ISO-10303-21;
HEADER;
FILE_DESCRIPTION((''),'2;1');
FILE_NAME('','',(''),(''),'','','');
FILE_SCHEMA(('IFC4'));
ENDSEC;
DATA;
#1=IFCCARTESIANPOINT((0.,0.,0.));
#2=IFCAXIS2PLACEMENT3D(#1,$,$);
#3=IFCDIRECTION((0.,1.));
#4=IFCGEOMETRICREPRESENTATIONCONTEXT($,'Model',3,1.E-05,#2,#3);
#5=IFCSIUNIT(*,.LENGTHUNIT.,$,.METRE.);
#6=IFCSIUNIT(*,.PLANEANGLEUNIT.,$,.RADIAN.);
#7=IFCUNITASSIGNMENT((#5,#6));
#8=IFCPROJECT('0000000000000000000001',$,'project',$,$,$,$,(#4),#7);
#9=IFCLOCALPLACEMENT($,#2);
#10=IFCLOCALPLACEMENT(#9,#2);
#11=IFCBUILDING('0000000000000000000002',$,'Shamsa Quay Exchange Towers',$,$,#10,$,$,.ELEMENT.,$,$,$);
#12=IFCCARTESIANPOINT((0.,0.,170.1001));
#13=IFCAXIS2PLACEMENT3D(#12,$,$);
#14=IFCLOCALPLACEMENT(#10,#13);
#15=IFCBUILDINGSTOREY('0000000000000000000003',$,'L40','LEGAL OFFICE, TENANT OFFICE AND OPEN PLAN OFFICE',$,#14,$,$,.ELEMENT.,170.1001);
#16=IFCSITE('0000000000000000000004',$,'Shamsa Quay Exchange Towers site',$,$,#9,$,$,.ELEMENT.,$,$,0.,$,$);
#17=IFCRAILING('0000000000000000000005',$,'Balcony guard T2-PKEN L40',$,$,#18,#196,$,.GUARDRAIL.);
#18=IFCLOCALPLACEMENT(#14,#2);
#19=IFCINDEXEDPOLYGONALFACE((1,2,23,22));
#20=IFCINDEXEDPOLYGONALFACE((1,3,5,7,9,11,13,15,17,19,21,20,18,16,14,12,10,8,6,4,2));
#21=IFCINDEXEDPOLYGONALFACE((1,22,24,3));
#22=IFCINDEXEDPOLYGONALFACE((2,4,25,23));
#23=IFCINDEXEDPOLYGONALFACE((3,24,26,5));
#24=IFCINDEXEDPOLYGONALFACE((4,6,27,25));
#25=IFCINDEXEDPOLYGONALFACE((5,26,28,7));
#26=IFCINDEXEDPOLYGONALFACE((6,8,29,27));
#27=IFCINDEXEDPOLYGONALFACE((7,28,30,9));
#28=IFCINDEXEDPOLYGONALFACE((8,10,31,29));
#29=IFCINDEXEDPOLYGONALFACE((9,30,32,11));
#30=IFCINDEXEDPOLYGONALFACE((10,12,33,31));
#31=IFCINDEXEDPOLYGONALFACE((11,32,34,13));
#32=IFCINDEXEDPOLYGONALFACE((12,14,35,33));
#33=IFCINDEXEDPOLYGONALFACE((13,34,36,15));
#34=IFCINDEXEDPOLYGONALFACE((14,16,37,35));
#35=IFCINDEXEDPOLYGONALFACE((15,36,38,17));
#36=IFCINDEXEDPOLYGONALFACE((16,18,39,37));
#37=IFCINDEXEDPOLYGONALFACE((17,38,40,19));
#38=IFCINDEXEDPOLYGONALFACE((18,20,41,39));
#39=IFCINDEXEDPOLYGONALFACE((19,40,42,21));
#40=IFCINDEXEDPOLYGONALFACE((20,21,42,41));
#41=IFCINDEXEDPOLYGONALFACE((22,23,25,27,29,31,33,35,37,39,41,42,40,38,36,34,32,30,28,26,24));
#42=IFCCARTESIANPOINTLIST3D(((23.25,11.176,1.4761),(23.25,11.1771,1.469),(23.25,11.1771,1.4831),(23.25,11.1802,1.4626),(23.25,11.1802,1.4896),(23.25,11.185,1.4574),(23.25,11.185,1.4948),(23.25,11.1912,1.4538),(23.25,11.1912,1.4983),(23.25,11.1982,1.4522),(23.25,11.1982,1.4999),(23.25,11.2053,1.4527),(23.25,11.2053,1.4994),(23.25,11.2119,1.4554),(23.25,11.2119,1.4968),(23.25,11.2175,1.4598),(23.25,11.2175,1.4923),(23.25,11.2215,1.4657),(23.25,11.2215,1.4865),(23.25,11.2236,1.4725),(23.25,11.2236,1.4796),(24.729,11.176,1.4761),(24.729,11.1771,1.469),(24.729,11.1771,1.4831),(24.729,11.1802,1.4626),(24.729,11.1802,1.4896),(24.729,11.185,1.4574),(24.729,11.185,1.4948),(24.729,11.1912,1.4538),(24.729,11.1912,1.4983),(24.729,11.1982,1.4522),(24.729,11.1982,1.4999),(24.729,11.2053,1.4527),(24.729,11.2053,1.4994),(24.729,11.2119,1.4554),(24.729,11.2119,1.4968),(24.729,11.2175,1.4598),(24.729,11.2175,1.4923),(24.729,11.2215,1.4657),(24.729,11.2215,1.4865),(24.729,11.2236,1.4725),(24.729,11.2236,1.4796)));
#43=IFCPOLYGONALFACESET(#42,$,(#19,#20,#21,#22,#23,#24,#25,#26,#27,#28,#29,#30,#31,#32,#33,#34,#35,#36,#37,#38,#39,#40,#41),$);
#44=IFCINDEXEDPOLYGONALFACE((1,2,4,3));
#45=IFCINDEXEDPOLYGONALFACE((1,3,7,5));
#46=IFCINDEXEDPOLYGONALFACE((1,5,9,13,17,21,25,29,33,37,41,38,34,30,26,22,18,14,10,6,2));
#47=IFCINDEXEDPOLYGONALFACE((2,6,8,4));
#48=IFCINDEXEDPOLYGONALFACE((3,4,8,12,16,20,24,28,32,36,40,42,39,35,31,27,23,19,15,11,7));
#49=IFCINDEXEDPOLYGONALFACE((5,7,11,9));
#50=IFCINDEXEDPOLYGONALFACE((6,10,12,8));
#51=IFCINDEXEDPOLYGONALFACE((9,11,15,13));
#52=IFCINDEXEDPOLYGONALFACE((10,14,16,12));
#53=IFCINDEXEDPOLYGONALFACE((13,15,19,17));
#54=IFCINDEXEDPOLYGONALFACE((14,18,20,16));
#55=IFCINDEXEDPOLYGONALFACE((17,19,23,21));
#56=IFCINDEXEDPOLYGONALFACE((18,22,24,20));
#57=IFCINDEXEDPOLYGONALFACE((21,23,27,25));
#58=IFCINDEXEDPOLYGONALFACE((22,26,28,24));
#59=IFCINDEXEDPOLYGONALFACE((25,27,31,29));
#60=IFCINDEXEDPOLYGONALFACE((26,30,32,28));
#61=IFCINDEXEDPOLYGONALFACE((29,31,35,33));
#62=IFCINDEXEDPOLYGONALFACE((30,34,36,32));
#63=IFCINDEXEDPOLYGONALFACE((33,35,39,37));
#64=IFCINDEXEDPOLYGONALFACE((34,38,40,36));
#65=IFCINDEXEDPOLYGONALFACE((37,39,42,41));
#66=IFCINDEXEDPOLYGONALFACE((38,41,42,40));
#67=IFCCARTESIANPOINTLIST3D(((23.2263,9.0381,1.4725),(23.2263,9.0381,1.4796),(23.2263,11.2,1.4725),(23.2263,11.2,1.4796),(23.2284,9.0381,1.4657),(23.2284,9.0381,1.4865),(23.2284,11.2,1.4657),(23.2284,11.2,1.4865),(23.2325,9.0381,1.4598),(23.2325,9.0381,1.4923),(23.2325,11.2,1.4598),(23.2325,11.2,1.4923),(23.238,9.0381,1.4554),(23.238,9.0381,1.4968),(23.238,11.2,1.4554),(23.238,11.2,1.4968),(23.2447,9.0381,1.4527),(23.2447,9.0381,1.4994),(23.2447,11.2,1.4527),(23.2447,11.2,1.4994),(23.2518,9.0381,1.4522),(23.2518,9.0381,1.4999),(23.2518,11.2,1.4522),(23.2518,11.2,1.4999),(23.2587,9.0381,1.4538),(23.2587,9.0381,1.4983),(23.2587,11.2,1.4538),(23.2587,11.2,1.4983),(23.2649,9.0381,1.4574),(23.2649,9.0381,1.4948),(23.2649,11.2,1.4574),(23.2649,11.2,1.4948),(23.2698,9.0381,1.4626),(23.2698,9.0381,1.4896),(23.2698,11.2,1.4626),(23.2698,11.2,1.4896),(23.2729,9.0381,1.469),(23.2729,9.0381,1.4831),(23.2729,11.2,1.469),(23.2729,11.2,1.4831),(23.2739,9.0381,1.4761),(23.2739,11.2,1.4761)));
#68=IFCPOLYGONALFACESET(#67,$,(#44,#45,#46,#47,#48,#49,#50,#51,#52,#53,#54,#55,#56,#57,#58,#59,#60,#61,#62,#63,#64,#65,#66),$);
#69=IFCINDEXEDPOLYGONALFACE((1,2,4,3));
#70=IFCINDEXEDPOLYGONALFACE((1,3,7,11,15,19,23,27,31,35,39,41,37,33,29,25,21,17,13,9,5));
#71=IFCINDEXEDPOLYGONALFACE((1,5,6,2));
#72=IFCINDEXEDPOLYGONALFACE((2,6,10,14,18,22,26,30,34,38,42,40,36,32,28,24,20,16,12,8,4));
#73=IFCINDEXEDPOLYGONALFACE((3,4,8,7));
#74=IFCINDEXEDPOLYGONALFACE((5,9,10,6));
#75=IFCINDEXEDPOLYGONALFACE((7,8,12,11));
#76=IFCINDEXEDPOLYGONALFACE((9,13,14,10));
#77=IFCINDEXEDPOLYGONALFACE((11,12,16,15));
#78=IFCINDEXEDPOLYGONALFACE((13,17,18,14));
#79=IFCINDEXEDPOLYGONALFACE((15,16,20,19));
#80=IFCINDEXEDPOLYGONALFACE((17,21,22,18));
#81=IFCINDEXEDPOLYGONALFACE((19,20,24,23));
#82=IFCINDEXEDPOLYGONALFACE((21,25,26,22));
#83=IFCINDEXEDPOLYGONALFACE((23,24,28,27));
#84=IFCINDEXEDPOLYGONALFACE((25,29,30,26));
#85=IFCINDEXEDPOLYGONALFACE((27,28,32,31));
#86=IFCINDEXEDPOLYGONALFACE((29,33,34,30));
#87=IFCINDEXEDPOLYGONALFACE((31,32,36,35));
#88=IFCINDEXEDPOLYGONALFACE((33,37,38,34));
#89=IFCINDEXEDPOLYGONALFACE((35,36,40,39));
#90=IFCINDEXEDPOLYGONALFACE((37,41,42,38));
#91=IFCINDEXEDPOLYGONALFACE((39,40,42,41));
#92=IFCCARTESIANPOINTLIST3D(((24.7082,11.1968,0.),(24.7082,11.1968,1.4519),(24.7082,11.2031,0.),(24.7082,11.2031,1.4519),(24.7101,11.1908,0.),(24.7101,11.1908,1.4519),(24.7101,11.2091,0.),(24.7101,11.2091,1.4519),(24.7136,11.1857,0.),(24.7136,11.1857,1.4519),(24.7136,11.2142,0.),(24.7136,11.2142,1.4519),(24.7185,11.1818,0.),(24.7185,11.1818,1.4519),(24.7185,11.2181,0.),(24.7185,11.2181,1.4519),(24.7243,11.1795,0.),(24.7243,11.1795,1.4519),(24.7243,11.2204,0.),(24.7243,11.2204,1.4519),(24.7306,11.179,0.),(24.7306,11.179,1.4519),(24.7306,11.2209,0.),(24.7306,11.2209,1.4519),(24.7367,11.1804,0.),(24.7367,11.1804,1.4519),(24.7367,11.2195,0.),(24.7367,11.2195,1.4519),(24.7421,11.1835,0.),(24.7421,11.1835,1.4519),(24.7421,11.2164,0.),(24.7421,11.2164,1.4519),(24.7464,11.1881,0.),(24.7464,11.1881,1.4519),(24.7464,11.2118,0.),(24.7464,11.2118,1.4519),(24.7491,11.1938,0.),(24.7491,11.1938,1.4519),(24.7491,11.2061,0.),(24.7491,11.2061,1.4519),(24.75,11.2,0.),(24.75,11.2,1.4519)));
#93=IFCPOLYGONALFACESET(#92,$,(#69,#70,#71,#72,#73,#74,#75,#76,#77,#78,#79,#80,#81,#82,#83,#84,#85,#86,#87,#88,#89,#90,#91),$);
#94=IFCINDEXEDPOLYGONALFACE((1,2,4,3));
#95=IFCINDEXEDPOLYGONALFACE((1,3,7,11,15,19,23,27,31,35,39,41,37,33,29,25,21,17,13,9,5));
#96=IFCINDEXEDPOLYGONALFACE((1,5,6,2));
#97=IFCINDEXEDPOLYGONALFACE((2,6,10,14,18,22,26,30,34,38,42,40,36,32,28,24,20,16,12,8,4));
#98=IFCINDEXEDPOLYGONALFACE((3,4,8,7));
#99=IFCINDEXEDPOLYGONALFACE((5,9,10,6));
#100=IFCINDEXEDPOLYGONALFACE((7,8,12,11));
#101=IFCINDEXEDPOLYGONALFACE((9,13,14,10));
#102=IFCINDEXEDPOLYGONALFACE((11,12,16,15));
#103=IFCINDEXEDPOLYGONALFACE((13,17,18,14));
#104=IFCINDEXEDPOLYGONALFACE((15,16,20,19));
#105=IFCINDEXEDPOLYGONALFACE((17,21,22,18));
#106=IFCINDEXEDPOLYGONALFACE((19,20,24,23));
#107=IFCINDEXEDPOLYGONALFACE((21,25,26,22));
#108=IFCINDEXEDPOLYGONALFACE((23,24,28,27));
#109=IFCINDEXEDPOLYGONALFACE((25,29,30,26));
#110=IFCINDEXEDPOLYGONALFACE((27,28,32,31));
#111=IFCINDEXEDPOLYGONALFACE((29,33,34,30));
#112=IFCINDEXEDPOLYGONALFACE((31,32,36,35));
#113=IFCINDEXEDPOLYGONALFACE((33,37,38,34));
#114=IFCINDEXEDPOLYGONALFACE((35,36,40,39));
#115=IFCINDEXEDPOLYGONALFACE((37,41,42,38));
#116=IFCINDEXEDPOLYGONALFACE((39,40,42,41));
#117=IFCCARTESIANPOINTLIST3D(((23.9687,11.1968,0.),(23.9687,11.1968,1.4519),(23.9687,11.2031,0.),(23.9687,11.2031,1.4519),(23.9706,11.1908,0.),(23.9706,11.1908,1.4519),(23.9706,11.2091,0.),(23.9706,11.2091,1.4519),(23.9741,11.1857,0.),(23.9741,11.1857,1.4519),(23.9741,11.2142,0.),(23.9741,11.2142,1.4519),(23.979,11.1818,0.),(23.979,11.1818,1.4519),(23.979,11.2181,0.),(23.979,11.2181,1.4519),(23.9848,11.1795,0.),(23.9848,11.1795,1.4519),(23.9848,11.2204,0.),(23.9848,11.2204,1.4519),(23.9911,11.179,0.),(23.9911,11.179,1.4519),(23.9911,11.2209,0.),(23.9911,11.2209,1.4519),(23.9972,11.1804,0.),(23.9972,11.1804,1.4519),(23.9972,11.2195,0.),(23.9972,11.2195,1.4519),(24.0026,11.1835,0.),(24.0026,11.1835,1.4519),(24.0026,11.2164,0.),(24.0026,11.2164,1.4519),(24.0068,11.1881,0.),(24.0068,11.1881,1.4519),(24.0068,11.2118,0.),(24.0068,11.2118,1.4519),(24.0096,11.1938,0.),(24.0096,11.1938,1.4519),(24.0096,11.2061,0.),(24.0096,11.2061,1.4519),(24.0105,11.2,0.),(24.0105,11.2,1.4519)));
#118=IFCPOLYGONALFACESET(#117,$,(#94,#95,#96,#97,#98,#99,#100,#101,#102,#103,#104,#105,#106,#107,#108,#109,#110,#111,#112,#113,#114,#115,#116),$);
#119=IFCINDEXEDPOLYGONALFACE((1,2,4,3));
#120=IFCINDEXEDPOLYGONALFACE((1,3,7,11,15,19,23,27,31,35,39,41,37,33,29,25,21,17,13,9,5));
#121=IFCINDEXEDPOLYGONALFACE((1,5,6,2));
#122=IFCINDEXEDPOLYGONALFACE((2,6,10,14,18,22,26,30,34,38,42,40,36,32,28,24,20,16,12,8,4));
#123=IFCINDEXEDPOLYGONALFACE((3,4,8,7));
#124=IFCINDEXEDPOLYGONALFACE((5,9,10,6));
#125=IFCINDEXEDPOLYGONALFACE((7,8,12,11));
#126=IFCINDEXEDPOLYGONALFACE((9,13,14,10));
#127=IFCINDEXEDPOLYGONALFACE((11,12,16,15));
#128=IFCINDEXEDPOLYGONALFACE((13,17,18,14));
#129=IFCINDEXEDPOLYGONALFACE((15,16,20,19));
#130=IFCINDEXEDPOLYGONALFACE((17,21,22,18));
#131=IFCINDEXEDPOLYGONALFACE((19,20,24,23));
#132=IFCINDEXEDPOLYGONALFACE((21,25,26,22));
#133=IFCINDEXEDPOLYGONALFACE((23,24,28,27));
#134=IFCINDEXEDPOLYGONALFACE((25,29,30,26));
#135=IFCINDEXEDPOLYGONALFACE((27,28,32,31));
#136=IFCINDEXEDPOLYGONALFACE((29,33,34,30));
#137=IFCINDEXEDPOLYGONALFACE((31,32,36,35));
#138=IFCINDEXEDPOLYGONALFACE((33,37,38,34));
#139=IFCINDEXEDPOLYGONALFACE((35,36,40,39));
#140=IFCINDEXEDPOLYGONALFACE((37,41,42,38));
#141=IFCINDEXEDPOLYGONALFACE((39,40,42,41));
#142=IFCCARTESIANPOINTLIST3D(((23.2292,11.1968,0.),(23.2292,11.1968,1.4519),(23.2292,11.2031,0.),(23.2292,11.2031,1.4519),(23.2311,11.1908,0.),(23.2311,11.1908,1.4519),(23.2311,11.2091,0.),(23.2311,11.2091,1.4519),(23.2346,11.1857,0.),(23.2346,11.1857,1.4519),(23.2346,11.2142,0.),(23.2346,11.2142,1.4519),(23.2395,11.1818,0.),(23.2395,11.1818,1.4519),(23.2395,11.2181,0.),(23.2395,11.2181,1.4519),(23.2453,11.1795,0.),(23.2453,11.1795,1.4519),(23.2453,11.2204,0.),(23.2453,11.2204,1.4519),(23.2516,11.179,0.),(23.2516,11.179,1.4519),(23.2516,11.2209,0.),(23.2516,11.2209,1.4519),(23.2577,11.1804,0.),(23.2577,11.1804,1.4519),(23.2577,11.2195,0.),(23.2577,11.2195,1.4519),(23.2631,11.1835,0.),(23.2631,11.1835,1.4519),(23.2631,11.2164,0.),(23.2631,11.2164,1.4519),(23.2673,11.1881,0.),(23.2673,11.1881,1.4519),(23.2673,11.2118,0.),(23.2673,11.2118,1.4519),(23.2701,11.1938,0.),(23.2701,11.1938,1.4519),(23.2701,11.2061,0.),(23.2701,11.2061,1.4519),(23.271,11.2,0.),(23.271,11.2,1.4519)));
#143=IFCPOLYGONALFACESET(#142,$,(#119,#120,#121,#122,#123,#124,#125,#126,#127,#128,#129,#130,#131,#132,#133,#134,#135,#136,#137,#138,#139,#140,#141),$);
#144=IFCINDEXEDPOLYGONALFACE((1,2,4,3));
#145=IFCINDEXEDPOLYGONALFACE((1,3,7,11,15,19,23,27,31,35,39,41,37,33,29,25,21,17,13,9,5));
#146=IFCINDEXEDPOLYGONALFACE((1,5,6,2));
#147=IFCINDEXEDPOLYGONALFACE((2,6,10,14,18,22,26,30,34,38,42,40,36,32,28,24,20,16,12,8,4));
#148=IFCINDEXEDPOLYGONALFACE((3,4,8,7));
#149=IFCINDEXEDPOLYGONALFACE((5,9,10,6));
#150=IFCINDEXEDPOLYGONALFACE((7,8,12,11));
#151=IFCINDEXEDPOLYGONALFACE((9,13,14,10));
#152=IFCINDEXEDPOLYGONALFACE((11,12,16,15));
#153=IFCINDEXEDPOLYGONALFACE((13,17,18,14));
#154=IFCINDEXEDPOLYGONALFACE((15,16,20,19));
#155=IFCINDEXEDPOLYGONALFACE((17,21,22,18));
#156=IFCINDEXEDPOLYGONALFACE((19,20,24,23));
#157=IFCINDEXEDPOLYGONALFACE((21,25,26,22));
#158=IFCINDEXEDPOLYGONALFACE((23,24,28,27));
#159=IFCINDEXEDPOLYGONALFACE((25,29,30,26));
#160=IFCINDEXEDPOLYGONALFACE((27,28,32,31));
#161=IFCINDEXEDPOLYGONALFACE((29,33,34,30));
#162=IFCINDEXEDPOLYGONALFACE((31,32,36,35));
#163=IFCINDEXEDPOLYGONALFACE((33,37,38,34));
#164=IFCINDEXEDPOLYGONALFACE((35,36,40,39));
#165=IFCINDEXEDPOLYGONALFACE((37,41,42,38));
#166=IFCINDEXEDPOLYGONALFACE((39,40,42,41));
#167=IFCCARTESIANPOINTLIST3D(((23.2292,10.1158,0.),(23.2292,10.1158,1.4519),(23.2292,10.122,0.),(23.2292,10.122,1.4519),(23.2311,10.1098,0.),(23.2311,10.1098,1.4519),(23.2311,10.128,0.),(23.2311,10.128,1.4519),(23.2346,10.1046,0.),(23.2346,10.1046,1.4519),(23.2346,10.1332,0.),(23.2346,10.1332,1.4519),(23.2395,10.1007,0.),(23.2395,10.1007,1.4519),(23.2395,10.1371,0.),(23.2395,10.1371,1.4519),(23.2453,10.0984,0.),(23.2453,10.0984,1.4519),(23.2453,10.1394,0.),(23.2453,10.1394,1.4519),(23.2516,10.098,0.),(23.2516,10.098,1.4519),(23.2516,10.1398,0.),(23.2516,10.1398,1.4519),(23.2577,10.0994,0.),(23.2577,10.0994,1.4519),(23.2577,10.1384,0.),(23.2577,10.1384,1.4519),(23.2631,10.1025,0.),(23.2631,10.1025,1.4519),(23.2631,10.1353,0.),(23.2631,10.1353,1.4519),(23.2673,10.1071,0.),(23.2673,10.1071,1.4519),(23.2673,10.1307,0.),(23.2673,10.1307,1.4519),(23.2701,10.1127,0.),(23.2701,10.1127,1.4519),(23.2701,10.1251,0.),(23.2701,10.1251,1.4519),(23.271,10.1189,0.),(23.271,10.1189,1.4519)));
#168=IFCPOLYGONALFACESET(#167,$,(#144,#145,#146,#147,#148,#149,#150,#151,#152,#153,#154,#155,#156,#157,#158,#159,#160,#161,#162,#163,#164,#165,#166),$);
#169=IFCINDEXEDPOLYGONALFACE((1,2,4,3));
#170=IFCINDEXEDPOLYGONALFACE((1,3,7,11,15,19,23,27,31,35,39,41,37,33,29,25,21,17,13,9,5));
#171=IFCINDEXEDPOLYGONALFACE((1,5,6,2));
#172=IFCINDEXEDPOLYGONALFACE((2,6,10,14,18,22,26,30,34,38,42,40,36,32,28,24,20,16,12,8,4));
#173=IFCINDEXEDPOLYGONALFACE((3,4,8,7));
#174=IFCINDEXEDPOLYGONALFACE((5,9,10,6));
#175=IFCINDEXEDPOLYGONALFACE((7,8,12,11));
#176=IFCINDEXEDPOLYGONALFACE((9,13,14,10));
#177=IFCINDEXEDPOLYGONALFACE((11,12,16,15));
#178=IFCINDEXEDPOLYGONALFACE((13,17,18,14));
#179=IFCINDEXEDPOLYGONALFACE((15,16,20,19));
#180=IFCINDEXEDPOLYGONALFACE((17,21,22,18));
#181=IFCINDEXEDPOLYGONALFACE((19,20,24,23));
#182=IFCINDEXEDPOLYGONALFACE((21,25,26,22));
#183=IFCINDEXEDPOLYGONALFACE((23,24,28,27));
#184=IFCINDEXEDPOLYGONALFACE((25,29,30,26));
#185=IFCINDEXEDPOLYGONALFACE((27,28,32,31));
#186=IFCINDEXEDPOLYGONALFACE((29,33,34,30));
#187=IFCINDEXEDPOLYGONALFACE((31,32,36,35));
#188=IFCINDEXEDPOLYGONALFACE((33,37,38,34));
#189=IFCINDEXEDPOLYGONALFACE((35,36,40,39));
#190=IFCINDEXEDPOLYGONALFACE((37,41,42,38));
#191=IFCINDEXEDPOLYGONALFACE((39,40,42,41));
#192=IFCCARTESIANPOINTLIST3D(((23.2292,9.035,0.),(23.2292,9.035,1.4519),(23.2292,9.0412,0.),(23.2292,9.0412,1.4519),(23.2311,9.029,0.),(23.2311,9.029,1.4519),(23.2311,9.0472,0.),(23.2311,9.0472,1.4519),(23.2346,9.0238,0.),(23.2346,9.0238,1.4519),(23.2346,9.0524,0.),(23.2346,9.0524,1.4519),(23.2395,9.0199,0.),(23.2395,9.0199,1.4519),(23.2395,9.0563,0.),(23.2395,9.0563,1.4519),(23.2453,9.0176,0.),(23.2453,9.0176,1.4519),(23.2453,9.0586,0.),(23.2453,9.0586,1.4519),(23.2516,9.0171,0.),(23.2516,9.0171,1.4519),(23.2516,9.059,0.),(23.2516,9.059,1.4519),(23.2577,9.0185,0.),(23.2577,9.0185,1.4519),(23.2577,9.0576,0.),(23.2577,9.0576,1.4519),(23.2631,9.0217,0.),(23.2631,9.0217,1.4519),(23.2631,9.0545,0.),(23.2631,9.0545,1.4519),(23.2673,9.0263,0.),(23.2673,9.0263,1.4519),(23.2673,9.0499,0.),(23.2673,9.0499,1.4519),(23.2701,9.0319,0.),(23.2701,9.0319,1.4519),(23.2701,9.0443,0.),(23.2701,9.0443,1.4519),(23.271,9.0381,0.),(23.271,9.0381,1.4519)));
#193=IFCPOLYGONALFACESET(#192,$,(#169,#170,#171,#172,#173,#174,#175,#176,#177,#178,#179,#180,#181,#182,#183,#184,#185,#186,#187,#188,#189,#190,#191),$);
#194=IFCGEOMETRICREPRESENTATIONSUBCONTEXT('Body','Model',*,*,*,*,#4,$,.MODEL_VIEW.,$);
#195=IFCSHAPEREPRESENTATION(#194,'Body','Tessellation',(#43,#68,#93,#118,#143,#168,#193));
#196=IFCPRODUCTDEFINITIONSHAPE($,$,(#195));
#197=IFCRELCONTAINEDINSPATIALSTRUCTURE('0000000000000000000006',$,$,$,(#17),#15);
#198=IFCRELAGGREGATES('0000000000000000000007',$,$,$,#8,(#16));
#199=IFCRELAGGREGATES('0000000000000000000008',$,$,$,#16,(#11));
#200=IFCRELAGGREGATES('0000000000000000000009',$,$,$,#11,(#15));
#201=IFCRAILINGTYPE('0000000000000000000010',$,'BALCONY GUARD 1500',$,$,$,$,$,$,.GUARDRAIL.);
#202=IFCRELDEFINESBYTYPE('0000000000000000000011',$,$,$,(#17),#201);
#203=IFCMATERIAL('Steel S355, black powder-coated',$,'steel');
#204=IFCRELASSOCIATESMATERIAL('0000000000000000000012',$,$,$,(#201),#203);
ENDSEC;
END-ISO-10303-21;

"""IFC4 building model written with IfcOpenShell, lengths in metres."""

from ifc_helpers import new_model, si_unit, direction, frame, origin, origin_2d, place, context, subcontext, project, spatial, circle, extrude, material, type_object, element, save


model = new_model("IFC4")

# Units and contexts
model_context = context("Model", 3, precision=1e-05, world=origin(), true_north=direction((0.0, 1.0)))
body_context = subcontext(model_context, "Body", "Model", "MODEL_VIEW")
ifc_project = project(units=[si_unit("LENGTHUNIT", "METRE"), si_unit("PLANEANGLEUNIT", "RADIAN")], contexts=[model_context])

# Site, building, storey
site_placement = place(None, origin())
site = spatial("IfcSite", under=ifc_project, at=site_placement, Name="Shamsa Quay Exchange Towers site", CompositionType="ELEMENT", RefElevation=0.0)
building_placement = place(site_placement, origin())
building = spatial("IfcBuilding", under=site, at=building_placement, Name="Shamsa Quay Exchange Towers", CompositionType="ELEMENT")
storey_placement = place(building_placement, frame((0.0, 0.0, 170.1001)))
storey = spatial("IfcBuildingStorey", under=building, at=storey_placement, Name="L40", Description="LEGAL OFFICE, TENANT OFFICE AND OPEN PLAN OFFICE", CompositionType="ELEMENT", Elevation=170.1001)

# Railing
ifc_material_1 = material(Name="Steel S355, black powder-coated", Category="steel")
railing_type = type_object("IfcRailingType", Name="BALCONY GUARD 1500", PredefinedType="GUARDRAIL", material=ifc_material_1)
for number, where, name in (
    (1, (24.729, 11.2, 0.0), "Balcony guard T2-PKEN L40"),
):
    element("IfcRailing", number, at=place(storey_placement, frame(where)), inside=storey, type_object=railing_type, Name=name, PredefinedType="GUARDRAIL", context=body_context, shape_type="SweptSolid", body=[
        extrude(circle(Radius=0.0239, at=origin_2d()), frame((0.0, 0.0, 1.4761), z_axis=(-1.0, 0.0, 0.0), x_axis=(0.0, -1.0, 0.0)), (0.0, 0.0, 1.0), 1.479),
        extrude(circle(Radius=0.0239, at=origin_2d()), frame((-1.479, 0.0, 1.4761), z_axis=(0.0, -1.0, 0.0), x_axis=(1.0, 0.0, 0.0)), (0.0, 0.0, 1.0), 2.1619),
        extrude(circle(Radius=0.021, at=origin_2d()), origin(), (0.0, 0.0, 1.0), 1.4519),
        extrude(circle(Radius=0.021, at=origin_2d()), frame((-0.7395, 0.0, 0.0)), (0.0, 0.0, 1.0), 1.4519),
        extrude(circle(Radius=0.021, at=origin_2d()), frame((-1.479, 0.0, 0.0)), (0.0, 0.0, 1.0), 1.4519),
        extrude(circle(Radius=0.021, at=origin_2d()), frame((-1.479, -1.0811, 0.0)), (0.0, 0.0, 1.0), 1.4519),
        extrude(circle(Radius=0.021, at=origin_2d()), frame((-1.479, -2.1619, 0.0)), (0.0, 0.0, 1.0), 1.4519),
    ])

save(model, "model.ifc")
